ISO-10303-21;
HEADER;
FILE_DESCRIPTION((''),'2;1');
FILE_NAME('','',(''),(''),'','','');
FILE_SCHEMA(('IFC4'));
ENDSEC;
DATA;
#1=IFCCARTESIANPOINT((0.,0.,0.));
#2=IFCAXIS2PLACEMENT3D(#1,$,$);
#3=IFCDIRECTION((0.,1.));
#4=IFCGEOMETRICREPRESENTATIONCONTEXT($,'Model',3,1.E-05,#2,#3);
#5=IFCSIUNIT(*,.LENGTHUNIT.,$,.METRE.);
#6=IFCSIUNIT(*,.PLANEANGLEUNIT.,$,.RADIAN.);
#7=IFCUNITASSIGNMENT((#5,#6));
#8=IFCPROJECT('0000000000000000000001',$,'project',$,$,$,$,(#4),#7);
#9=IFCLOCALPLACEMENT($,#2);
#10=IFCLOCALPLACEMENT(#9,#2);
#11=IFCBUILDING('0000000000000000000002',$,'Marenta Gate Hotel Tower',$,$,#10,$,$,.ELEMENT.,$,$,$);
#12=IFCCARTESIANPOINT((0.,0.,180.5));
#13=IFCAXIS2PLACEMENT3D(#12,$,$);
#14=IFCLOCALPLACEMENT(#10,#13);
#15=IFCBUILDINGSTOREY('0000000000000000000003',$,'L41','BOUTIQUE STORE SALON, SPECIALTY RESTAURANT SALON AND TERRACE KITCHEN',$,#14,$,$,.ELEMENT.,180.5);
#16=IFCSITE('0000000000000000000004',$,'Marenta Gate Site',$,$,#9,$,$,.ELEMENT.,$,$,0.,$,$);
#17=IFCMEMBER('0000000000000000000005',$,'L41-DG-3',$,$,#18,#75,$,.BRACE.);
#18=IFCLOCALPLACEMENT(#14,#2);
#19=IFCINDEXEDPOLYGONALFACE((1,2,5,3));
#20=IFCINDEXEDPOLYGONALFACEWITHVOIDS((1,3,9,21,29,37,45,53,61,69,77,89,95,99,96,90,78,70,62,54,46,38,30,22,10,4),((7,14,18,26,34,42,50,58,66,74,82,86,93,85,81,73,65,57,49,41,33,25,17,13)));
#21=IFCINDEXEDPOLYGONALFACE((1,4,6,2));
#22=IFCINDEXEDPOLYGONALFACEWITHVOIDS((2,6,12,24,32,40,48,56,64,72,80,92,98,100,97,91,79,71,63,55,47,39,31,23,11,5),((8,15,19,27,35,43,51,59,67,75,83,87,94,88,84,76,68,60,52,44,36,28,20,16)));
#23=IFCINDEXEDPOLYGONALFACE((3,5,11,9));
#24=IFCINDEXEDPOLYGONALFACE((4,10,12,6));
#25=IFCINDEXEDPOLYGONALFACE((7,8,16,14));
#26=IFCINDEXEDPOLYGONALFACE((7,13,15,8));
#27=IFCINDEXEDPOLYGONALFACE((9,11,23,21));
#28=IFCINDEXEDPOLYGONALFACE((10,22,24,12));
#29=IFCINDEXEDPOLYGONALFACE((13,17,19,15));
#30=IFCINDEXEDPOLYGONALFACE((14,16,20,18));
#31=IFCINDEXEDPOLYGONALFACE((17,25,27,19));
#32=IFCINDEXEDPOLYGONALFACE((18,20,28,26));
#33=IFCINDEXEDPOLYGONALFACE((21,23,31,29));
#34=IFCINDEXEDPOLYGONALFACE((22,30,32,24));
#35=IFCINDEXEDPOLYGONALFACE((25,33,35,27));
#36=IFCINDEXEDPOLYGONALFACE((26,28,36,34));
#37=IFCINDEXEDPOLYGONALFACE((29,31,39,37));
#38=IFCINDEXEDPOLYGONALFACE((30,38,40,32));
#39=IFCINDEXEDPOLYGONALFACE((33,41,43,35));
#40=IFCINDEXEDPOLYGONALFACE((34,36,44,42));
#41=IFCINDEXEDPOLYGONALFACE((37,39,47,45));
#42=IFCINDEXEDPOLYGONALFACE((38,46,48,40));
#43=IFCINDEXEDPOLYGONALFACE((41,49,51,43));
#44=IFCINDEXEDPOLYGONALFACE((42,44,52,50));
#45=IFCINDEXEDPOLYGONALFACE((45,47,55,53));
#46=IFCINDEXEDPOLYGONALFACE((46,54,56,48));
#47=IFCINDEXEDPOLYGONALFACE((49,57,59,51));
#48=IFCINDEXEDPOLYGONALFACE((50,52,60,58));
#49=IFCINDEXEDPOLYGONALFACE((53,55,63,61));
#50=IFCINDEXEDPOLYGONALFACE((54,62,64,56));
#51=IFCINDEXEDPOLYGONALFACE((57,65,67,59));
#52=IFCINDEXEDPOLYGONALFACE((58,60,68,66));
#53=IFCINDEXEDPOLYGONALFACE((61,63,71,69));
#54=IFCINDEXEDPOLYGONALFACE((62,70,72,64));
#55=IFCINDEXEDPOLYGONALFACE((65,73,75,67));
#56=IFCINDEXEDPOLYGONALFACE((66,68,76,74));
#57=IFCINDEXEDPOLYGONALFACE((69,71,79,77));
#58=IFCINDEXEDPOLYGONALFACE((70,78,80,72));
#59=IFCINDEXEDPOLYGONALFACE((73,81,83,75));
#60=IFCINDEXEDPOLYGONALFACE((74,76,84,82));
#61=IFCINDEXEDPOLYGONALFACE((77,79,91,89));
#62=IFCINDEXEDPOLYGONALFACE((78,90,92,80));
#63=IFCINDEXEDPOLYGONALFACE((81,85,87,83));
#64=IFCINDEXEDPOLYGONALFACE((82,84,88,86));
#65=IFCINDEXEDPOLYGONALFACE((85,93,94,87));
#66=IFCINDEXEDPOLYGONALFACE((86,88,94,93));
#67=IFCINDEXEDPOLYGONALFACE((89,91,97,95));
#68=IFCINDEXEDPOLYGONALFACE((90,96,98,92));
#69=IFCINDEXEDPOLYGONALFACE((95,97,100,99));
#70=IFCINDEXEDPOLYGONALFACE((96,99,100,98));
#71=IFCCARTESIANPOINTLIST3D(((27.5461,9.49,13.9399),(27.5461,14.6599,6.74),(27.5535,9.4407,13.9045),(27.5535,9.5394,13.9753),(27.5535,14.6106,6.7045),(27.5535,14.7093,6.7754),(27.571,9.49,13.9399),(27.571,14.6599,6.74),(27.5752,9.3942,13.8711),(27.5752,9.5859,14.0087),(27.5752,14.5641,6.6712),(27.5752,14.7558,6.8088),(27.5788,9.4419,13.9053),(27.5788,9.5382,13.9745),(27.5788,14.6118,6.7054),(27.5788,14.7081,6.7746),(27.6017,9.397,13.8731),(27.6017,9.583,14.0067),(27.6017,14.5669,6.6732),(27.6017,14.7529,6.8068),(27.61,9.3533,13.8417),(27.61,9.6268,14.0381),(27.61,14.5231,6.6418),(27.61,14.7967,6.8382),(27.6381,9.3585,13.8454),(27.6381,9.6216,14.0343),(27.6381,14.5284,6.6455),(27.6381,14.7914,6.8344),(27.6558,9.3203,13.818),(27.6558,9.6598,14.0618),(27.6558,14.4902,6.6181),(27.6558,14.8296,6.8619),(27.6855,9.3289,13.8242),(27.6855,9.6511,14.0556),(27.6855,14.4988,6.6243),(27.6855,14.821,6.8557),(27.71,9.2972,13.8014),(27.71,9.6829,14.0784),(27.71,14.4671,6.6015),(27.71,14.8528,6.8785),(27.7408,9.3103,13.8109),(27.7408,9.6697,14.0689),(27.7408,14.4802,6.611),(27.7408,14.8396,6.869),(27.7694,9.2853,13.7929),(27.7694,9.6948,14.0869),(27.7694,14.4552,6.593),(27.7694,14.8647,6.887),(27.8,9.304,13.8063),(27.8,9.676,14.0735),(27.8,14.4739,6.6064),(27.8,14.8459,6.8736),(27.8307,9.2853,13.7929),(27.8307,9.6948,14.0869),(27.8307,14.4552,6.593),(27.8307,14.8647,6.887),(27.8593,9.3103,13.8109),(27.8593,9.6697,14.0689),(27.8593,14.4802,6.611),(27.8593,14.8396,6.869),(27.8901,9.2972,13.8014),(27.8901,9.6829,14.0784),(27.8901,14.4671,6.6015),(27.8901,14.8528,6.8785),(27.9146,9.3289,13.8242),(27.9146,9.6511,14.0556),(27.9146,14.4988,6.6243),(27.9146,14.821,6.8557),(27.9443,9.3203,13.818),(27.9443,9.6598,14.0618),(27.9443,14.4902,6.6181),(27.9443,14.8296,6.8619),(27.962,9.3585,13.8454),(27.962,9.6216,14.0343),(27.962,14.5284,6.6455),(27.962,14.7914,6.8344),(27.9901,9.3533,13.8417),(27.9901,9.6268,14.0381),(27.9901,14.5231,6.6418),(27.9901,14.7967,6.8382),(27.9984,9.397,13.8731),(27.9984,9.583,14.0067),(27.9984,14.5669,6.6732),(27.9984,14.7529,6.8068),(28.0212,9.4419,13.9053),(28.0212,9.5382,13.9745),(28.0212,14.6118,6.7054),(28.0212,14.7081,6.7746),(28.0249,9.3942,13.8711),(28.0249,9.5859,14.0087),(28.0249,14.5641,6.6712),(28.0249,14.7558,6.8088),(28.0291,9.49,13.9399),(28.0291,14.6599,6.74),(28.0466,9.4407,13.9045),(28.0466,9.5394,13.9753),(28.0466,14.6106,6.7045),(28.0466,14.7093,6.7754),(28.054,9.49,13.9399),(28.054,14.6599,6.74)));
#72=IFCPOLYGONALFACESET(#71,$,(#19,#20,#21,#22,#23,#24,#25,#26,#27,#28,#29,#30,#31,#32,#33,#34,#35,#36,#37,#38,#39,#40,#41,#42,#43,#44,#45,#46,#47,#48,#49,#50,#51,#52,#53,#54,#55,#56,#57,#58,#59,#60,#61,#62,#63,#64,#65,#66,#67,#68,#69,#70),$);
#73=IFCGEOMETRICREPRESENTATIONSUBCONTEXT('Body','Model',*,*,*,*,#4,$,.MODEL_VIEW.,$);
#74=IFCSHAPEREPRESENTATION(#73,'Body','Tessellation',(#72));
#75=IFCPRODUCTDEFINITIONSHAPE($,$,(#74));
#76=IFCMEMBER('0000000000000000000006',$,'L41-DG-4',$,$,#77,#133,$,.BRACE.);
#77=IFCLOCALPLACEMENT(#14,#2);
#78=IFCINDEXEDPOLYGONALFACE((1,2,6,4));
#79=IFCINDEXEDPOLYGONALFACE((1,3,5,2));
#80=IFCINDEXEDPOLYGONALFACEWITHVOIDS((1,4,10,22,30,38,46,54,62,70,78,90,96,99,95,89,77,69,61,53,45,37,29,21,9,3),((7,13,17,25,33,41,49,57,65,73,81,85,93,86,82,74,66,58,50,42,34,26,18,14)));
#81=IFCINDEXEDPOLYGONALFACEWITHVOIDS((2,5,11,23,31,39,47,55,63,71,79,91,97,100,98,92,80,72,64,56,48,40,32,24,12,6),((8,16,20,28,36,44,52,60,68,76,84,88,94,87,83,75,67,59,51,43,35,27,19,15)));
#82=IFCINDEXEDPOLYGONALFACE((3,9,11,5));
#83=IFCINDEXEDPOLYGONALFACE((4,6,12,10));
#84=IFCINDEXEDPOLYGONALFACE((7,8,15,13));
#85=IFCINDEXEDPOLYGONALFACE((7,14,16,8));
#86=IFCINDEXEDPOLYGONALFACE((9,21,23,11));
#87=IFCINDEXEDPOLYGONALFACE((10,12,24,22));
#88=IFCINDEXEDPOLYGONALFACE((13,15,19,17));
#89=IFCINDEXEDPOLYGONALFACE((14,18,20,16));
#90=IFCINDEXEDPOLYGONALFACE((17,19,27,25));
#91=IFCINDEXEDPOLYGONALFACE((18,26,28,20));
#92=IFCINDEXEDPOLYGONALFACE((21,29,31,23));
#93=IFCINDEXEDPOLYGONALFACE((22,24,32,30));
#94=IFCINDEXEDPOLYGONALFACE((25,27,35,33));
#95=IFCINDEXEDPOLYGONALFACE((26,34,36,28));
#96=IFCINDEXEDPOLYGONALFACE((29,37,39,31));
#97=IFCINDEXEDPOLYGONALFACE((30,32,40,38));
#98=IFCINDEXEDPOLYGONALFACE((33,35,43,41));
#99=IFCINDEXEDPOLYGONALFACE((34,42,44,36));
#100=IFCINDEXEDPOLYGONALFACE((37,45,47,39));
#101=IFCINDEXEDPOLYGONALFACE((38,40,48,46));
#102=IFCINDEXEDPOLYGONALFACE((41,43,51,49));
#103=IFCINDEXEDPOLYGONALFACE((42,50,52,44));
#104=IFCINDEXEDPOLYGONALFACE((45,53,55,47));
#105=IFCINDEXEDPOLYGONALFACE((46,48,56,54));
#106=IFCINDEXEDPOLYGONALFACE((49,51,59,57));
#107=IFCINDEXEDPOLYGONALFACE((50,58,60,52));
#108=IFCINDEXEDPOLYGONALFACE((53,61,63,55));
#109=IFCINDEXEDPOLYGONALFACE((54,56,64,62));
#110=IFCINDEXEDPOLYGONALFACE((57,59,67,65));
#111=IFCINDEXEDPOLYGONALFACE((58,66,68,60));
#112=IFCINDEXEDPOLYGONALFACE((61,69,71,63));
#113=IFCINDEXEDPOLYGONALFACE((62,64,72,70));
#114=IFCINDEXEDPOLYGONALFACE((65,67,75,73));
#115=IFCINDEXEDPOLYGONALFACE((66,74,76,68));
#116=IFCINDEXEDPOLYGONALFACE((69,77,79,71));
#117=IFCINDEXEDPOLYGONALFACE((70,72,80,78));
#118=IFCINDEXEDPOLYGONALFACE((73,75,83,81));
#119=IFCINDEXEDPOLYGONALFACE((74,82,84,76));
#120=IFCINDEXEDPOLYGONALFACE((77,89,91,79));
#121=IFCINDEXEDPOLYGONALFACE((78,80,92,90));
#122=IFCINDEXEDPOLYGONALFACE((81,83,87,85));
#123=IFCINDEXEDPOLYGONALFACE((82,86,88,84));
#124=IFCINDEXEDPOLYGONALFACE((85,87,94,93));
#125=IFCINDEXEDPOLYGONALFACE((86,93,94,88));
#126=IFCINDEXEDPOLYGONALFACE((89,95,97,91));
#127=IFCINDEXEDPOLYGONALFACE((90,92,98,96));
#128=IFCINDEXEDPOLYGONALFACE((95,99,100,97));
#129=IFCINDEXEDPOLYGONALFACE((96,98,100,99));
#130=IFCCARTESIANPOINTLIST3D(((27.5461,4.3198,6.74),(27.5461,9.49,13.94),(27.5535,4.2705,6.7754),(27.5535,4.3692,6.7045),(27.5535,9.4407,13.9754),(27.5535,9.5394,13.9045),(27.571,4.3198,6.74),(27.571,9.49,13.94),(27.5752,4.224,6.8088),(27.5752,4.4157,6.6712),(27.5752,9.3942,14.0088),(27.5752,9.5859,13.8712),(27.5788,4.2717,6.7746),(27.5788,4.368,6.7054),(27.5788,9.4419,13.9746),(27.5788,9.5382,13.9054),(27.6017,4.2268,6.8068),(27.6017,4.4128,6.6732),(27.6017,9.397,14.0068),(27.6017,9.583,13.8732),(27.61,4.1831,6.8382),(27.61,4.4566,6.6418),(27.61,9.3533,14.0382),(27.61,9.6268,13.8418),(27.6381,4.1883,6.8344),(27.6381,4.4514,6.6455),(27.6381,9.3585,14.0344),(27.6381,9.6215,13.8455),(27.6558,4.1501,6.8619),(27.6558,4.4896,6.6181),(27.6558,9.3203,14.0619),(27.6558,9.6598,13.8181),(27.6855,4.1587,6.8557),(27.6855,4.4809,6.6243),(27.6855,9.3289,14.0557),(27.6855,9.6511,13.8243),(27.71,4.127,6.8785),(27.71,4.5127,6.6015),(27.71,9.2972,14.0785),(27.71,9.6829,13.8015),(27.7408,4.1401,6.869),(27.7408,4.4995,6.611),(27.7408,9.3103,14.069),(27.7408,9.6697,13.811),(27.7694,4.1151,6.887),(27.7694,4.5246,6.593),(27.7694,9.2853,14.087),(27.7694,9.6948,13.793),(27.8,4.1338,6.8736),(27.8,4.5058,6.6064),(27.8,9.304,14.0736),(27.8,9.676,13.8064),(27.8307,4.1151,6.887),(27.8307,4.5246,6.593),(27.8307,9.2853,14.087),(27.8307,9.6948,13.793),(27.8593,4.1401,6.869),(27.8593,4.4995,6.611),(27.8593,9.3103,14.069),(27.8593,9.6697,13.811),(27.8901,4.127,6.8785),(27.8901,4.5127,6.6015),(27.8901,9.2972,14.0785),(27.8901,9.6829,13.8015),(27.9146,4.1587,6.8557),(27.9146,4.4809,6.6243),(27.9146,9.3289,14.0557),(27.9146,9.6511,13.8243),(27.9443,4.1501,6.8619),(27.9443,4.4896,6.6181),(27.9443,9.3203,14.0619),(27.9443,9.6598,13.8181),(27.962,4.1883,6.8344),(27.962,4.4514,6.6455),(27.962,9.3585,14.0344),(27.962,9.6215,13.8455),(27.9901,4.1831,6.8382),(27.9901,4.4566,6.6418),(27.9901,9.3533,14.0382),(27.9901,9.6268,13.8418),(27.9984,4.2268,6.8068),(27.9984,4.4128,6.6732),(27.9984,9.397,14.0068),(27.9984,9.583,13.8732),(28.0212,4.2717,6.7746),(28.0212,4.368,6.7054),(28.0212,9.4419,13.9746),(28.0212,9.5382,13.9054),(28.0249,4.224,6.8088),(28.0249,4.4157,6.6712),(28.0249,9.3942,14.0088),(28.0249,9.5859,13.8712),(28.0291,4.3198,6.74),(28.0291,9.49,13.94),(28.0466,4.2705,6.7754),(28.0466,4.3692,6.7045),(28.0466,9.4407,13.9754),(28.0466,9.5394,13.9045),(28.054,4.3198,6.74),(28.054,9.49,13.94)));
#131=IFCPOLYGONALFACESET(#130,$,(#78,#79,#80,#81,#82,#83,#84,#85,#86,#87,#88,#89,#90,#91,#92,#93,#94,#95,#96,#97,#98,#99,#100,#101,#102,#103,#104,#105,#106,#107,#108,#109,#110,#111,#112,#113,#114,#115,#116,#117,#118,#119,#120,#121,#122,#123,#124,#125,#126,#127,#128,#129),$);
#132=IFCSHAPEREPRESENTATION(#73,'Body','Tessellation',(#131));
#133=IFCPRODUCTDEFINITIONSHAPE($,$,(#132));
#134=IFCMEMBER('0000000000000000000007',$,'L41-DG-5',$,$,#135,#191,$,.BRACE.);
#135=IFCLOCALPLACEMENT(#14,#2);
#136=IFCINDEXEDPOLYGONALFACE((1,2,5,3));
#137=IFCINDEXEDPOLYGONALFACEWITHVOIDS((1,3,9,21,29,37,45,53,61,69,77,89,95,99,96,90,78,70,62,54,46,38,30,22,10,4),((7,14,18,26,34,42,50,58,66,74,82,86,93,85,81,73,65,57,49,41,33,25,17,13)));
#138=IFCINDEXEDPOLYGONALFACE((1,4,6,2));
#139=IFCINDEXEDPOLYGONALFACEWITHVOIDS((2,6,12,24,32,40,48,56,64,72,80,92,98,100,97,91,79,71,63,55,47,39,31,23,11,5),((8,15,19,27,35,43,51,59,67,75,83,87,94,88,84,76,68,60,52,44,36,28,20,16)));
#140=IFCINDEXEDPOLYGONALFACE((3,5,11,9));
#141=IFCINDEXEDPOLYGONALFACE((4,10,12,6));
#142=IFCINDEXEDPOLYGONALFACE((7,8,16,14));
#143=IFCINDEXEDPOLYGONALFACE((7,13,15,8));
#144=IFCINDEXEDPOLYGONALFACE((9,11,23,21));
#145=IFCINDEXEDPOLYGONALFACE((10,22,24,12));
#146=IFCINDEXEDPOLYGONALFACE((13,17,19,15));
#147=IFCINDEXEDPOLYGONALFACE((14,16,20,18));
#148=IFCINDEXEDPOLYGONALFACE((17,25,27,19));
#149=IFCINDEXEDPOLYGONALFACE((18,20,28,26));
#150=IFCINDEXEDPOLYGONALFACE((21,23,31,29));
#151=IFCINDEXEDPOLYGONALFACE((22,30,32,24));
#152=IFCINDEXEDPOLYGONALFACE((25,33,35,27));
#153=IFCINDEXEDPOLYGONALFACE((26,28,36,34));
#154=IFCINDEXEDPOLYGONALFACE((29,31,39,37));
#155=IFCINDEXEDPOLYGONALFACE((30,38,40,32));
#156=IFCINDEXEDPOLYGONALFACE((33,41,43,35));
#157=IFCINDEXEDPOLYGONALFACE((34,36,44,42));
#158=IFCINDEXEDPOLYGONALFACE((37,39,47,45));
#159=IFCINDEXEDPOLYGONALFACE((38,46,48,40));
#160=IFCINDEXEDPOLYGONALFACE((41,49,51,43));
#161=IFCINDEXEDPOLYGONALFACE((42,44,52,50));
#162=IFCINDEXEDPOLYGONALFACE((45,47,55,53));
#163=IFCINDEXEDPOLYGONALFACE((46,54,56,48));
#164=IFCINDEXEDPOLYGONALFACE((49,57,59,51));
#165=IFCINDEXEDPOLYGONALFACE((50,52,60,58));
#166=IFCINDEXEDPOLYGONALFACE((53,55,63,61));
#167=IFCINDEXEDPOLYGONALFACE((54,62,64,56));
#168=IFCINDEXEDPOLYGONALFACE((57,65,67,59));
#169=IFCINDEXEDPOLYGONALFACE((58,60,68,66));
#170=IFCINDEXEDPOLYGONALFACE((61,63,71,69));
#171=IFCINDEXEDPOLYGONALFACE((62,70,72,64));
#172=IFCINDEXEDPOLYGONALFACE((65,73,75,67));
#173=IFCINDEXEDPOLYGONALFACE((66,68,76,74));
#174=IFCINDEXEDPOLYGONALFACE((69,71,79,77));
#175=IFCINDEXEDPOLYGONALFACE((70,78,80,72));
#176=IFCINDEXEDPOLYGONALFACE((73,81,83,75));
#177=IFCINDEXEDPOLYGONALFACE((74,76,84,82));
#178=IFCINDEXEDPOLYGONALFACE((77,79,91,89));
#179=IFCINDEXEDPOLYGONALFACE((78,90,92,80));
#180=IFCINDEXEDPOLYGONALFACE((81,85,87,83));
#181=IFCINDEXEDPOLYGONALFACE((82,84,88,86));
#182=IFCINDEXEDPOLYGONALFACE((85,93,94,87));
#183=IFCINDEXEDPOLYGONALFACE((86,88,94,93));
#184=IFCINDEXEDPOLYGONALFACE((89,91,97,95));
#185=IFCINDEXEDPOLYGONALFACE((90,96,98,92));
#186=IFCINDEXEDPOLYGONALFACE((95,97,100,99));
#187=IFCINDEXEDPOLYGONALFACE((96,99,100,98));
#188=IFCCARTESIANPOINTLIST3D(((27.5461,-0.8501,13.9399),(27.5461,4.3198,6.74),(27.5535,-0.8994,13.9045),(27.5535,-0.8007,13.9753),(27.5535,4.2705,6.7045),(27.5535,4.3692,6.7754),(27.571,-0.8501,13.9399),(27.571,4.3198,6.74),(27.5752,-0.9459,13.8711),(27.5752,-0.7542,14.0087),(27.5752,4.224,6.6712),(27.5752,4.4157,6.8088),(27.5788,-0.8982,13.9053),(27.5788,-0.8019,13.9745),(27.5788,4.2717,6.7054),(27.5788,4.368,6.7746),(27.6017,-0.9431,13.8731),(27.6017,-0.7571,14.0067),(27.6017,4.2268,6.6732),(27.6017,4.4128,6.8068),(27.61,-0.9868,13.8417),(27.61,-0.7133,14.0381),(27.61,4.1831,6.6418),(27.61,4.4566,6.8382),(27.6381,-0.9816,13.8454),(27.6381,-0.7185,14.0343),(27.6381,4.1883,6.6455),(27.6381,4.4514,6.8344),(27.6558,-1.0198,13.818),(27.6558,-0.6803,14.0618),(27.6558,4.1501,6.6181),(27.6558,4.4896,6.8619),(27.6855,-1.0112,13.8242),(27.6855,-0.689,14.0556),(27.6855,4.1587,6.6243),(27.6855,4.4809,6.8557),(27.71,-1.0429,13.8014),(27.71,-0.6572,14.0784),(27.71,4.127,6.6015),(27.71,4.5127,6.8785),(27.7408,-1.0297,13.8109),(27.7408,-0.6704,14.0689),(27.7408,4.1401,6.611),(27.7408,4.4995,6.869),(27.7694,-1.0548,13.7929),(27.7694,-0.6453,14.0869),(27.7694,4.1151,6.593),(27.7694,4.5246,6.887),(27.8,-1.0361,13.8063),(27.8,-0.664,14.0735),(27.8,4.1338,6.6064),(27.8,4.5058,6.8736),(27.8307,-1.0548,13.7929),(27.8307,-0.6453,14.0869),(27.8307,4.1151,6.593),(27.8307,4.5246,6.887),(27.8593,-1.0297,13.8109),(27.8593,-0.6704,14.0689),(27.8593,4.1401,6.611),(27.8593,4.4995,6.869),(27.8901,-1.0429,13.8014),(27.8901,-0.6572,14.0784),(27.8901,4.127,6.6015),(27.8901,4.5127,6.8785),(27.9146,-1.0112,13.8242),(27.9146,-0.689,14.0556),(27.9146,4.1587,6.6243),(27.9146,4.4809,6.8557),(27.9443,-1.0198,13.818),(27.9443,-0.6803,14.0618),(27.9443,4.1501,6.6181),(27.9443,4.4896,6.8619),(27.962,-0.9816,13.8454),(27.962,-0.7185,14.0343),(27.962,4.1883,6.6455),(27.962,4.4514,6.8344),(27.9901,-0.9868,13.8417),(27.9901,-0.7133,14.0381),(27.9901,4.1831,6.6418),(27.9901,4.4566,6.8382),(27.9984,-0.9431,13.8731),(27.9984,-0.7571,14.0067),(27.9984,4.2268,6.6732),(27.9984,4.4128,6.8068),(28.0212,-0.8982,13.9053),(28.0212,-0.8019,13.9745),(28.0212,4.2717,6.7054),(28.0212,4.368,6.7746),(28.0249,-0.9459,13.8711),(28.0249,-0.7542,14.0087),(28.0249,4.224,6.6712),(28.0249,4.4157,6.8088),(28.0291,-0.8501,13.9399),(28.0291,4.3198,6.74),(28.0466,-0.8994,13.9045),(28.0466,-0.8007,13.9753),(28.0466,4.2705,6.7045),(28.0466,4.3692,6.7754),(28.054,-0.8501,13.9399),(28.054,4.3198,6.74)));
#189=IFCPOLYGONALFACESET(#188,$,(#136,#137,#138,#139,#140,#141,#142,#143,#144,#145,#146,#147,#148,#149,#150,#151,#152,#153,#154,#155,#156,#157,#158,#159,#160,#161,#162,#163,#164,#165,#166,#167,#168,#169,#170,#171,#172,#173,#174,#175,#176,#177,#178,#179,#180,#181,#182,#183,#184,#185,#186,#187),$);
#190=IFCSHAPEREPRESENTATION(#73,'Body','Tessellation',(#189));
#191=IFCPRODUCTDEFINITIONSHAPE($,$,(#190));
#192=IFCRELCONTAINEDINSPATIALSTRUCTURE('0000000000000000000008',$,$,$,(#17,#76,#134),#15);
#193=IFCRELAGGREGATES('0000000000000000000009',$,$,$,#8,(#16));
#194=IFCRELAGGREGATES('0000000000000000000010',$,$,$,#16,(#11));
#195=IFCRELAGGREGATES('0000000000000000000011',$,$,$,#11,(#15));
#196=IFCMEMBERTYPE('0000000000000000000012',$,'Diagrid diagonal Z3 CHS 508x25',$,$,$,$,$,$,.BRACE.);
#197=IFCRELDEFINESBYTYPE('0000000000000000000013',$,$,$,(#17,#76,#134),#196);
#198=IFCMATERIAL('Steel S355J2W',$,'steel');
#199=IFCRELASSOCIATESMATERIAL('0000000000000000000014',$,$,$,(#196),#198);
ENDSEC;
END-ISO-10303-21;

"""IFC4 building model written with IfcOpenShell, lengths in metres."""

from ifc_helpers import new_model, si_unit, direction, frame, origin, origin_2d, place, context, subcontext, project, spatial, hollow_circle, extrude, material, material_profile, profile_set, type_object, element, save


model = new_model("IFC4")

# Units and contexts
model_context = context("Model", 3, precision=1e-05, world=origin(), true_north=direction((0.0, 1.0)))
body_context = subcontext(model_context, "Body", "Model", "MODEL_VIEW")
ifc_project = project(units=[si_unit("LENGTHUNIT", "METRE"), si_unit("PLANEANGLEUNIT", "RADIAN")], contexts=[model_context])

# Site, building, storey
site_placement = place(None, origin())
site = spatial("IfcSite", under=ifc_project, at=site_placement, Name="Marenta Gate Site", CompositionType="ELEMENT", RefElevation=0.0)
building_placement = place(site_placement, origin())
building = spatial("IfcBuilding", under=site, at=building_placement, Name="Marenta Gate Hotel Tower", CompositionType="ELEMENT")
storey_placement = place(building_placement, frame((0.0, 0.0, 180.5)))
storey = spatial("IfcBuildingStorey", under=building, at=storey_placement, Name="L41", Description="BOUTIQUE STORE SALON, SPECIALTY RESTAURANT SALON AND TERRACE KITCHEN", CompositionType="ELEMENT", Elevation=180.5)

# Members
ifc_material_1 = material(Name="Steel S355J2W", Category="steel")
ifc_material_profile_1 = material_profile(ifc_material_1, hollow_circle(Radius=0.2539, WallThickness=0.0249, at=origin_2d()), Name="CHS 508x25")
ifc_profile_set_1 = profile_set([ifc_material_profile_1], Name="Steel S355J2W")
member_type_1 = type_object("IfcMemberType", Name="Diagrid diagonal Z3 CHS 508x25", PredefinedType="BRACE", material=ifc_profile_set_1)
member_1_placement = place(storey_placement, frame((27.8, 14.6599, 6.74), z_axis=(0.0, -0.583261, 0.812285), x_axis=(1.0, 0.0, 0.0)))
element("IfcMember", 1, at=member_1_placement, inside=storey, type_object=member_type_1, Name="L41-DG-3", PredefinedType="BRACE", context=body_context, shape_type="SweptSolid", body=[
    extrude(hollow_circle(Radius=0.2539, WallThickness=0.0249, at=origin_2d()), origin(), (0.0, 0.0, 1.0), 8.8638),
])
member_2_placement = place(storey_placement, frame((27.8, 4.3198, 6.74), z_axis=(0.0, 0.583279, 0.812272), x_axis=(-1.0, 0.0, 0.0)))
element("IfcMember", 2, at=member_2_placement, inside=storey, type_object=member_type_1, Name="L41-DG-4", PredefinedType="BRACE", context=body_context, shape_type="SweptSolid", body=[
    extrude(hollow_circle(Radius=0.2539, WallThickness=0.0249, at=origin_2d()), origin(), (0.0, 0.0, 1.0), 8.864),
])
member_3_placement = place(storey_placement, frame((27.8, 4.3198, 6.74), z_axis=(0.0, -0.583261, 0.812285), x_axis=(1.0, 0.0, 0.0)))
element("IfcMember", 3, at=member_3_placement, inside=storey, type_object=member_type_1, Name="L41-DG-5", PredefinedType="BRACE", context=body_context, shape_type="SweptSolid", body=[
    extrude(hollow_circle(Radius=0.2539, WallThickness=0.0249, at=origin_2d()), origin(), (0.0, 0.0, 1.0), 8.8638),
])

save(model, "model.ifc")
